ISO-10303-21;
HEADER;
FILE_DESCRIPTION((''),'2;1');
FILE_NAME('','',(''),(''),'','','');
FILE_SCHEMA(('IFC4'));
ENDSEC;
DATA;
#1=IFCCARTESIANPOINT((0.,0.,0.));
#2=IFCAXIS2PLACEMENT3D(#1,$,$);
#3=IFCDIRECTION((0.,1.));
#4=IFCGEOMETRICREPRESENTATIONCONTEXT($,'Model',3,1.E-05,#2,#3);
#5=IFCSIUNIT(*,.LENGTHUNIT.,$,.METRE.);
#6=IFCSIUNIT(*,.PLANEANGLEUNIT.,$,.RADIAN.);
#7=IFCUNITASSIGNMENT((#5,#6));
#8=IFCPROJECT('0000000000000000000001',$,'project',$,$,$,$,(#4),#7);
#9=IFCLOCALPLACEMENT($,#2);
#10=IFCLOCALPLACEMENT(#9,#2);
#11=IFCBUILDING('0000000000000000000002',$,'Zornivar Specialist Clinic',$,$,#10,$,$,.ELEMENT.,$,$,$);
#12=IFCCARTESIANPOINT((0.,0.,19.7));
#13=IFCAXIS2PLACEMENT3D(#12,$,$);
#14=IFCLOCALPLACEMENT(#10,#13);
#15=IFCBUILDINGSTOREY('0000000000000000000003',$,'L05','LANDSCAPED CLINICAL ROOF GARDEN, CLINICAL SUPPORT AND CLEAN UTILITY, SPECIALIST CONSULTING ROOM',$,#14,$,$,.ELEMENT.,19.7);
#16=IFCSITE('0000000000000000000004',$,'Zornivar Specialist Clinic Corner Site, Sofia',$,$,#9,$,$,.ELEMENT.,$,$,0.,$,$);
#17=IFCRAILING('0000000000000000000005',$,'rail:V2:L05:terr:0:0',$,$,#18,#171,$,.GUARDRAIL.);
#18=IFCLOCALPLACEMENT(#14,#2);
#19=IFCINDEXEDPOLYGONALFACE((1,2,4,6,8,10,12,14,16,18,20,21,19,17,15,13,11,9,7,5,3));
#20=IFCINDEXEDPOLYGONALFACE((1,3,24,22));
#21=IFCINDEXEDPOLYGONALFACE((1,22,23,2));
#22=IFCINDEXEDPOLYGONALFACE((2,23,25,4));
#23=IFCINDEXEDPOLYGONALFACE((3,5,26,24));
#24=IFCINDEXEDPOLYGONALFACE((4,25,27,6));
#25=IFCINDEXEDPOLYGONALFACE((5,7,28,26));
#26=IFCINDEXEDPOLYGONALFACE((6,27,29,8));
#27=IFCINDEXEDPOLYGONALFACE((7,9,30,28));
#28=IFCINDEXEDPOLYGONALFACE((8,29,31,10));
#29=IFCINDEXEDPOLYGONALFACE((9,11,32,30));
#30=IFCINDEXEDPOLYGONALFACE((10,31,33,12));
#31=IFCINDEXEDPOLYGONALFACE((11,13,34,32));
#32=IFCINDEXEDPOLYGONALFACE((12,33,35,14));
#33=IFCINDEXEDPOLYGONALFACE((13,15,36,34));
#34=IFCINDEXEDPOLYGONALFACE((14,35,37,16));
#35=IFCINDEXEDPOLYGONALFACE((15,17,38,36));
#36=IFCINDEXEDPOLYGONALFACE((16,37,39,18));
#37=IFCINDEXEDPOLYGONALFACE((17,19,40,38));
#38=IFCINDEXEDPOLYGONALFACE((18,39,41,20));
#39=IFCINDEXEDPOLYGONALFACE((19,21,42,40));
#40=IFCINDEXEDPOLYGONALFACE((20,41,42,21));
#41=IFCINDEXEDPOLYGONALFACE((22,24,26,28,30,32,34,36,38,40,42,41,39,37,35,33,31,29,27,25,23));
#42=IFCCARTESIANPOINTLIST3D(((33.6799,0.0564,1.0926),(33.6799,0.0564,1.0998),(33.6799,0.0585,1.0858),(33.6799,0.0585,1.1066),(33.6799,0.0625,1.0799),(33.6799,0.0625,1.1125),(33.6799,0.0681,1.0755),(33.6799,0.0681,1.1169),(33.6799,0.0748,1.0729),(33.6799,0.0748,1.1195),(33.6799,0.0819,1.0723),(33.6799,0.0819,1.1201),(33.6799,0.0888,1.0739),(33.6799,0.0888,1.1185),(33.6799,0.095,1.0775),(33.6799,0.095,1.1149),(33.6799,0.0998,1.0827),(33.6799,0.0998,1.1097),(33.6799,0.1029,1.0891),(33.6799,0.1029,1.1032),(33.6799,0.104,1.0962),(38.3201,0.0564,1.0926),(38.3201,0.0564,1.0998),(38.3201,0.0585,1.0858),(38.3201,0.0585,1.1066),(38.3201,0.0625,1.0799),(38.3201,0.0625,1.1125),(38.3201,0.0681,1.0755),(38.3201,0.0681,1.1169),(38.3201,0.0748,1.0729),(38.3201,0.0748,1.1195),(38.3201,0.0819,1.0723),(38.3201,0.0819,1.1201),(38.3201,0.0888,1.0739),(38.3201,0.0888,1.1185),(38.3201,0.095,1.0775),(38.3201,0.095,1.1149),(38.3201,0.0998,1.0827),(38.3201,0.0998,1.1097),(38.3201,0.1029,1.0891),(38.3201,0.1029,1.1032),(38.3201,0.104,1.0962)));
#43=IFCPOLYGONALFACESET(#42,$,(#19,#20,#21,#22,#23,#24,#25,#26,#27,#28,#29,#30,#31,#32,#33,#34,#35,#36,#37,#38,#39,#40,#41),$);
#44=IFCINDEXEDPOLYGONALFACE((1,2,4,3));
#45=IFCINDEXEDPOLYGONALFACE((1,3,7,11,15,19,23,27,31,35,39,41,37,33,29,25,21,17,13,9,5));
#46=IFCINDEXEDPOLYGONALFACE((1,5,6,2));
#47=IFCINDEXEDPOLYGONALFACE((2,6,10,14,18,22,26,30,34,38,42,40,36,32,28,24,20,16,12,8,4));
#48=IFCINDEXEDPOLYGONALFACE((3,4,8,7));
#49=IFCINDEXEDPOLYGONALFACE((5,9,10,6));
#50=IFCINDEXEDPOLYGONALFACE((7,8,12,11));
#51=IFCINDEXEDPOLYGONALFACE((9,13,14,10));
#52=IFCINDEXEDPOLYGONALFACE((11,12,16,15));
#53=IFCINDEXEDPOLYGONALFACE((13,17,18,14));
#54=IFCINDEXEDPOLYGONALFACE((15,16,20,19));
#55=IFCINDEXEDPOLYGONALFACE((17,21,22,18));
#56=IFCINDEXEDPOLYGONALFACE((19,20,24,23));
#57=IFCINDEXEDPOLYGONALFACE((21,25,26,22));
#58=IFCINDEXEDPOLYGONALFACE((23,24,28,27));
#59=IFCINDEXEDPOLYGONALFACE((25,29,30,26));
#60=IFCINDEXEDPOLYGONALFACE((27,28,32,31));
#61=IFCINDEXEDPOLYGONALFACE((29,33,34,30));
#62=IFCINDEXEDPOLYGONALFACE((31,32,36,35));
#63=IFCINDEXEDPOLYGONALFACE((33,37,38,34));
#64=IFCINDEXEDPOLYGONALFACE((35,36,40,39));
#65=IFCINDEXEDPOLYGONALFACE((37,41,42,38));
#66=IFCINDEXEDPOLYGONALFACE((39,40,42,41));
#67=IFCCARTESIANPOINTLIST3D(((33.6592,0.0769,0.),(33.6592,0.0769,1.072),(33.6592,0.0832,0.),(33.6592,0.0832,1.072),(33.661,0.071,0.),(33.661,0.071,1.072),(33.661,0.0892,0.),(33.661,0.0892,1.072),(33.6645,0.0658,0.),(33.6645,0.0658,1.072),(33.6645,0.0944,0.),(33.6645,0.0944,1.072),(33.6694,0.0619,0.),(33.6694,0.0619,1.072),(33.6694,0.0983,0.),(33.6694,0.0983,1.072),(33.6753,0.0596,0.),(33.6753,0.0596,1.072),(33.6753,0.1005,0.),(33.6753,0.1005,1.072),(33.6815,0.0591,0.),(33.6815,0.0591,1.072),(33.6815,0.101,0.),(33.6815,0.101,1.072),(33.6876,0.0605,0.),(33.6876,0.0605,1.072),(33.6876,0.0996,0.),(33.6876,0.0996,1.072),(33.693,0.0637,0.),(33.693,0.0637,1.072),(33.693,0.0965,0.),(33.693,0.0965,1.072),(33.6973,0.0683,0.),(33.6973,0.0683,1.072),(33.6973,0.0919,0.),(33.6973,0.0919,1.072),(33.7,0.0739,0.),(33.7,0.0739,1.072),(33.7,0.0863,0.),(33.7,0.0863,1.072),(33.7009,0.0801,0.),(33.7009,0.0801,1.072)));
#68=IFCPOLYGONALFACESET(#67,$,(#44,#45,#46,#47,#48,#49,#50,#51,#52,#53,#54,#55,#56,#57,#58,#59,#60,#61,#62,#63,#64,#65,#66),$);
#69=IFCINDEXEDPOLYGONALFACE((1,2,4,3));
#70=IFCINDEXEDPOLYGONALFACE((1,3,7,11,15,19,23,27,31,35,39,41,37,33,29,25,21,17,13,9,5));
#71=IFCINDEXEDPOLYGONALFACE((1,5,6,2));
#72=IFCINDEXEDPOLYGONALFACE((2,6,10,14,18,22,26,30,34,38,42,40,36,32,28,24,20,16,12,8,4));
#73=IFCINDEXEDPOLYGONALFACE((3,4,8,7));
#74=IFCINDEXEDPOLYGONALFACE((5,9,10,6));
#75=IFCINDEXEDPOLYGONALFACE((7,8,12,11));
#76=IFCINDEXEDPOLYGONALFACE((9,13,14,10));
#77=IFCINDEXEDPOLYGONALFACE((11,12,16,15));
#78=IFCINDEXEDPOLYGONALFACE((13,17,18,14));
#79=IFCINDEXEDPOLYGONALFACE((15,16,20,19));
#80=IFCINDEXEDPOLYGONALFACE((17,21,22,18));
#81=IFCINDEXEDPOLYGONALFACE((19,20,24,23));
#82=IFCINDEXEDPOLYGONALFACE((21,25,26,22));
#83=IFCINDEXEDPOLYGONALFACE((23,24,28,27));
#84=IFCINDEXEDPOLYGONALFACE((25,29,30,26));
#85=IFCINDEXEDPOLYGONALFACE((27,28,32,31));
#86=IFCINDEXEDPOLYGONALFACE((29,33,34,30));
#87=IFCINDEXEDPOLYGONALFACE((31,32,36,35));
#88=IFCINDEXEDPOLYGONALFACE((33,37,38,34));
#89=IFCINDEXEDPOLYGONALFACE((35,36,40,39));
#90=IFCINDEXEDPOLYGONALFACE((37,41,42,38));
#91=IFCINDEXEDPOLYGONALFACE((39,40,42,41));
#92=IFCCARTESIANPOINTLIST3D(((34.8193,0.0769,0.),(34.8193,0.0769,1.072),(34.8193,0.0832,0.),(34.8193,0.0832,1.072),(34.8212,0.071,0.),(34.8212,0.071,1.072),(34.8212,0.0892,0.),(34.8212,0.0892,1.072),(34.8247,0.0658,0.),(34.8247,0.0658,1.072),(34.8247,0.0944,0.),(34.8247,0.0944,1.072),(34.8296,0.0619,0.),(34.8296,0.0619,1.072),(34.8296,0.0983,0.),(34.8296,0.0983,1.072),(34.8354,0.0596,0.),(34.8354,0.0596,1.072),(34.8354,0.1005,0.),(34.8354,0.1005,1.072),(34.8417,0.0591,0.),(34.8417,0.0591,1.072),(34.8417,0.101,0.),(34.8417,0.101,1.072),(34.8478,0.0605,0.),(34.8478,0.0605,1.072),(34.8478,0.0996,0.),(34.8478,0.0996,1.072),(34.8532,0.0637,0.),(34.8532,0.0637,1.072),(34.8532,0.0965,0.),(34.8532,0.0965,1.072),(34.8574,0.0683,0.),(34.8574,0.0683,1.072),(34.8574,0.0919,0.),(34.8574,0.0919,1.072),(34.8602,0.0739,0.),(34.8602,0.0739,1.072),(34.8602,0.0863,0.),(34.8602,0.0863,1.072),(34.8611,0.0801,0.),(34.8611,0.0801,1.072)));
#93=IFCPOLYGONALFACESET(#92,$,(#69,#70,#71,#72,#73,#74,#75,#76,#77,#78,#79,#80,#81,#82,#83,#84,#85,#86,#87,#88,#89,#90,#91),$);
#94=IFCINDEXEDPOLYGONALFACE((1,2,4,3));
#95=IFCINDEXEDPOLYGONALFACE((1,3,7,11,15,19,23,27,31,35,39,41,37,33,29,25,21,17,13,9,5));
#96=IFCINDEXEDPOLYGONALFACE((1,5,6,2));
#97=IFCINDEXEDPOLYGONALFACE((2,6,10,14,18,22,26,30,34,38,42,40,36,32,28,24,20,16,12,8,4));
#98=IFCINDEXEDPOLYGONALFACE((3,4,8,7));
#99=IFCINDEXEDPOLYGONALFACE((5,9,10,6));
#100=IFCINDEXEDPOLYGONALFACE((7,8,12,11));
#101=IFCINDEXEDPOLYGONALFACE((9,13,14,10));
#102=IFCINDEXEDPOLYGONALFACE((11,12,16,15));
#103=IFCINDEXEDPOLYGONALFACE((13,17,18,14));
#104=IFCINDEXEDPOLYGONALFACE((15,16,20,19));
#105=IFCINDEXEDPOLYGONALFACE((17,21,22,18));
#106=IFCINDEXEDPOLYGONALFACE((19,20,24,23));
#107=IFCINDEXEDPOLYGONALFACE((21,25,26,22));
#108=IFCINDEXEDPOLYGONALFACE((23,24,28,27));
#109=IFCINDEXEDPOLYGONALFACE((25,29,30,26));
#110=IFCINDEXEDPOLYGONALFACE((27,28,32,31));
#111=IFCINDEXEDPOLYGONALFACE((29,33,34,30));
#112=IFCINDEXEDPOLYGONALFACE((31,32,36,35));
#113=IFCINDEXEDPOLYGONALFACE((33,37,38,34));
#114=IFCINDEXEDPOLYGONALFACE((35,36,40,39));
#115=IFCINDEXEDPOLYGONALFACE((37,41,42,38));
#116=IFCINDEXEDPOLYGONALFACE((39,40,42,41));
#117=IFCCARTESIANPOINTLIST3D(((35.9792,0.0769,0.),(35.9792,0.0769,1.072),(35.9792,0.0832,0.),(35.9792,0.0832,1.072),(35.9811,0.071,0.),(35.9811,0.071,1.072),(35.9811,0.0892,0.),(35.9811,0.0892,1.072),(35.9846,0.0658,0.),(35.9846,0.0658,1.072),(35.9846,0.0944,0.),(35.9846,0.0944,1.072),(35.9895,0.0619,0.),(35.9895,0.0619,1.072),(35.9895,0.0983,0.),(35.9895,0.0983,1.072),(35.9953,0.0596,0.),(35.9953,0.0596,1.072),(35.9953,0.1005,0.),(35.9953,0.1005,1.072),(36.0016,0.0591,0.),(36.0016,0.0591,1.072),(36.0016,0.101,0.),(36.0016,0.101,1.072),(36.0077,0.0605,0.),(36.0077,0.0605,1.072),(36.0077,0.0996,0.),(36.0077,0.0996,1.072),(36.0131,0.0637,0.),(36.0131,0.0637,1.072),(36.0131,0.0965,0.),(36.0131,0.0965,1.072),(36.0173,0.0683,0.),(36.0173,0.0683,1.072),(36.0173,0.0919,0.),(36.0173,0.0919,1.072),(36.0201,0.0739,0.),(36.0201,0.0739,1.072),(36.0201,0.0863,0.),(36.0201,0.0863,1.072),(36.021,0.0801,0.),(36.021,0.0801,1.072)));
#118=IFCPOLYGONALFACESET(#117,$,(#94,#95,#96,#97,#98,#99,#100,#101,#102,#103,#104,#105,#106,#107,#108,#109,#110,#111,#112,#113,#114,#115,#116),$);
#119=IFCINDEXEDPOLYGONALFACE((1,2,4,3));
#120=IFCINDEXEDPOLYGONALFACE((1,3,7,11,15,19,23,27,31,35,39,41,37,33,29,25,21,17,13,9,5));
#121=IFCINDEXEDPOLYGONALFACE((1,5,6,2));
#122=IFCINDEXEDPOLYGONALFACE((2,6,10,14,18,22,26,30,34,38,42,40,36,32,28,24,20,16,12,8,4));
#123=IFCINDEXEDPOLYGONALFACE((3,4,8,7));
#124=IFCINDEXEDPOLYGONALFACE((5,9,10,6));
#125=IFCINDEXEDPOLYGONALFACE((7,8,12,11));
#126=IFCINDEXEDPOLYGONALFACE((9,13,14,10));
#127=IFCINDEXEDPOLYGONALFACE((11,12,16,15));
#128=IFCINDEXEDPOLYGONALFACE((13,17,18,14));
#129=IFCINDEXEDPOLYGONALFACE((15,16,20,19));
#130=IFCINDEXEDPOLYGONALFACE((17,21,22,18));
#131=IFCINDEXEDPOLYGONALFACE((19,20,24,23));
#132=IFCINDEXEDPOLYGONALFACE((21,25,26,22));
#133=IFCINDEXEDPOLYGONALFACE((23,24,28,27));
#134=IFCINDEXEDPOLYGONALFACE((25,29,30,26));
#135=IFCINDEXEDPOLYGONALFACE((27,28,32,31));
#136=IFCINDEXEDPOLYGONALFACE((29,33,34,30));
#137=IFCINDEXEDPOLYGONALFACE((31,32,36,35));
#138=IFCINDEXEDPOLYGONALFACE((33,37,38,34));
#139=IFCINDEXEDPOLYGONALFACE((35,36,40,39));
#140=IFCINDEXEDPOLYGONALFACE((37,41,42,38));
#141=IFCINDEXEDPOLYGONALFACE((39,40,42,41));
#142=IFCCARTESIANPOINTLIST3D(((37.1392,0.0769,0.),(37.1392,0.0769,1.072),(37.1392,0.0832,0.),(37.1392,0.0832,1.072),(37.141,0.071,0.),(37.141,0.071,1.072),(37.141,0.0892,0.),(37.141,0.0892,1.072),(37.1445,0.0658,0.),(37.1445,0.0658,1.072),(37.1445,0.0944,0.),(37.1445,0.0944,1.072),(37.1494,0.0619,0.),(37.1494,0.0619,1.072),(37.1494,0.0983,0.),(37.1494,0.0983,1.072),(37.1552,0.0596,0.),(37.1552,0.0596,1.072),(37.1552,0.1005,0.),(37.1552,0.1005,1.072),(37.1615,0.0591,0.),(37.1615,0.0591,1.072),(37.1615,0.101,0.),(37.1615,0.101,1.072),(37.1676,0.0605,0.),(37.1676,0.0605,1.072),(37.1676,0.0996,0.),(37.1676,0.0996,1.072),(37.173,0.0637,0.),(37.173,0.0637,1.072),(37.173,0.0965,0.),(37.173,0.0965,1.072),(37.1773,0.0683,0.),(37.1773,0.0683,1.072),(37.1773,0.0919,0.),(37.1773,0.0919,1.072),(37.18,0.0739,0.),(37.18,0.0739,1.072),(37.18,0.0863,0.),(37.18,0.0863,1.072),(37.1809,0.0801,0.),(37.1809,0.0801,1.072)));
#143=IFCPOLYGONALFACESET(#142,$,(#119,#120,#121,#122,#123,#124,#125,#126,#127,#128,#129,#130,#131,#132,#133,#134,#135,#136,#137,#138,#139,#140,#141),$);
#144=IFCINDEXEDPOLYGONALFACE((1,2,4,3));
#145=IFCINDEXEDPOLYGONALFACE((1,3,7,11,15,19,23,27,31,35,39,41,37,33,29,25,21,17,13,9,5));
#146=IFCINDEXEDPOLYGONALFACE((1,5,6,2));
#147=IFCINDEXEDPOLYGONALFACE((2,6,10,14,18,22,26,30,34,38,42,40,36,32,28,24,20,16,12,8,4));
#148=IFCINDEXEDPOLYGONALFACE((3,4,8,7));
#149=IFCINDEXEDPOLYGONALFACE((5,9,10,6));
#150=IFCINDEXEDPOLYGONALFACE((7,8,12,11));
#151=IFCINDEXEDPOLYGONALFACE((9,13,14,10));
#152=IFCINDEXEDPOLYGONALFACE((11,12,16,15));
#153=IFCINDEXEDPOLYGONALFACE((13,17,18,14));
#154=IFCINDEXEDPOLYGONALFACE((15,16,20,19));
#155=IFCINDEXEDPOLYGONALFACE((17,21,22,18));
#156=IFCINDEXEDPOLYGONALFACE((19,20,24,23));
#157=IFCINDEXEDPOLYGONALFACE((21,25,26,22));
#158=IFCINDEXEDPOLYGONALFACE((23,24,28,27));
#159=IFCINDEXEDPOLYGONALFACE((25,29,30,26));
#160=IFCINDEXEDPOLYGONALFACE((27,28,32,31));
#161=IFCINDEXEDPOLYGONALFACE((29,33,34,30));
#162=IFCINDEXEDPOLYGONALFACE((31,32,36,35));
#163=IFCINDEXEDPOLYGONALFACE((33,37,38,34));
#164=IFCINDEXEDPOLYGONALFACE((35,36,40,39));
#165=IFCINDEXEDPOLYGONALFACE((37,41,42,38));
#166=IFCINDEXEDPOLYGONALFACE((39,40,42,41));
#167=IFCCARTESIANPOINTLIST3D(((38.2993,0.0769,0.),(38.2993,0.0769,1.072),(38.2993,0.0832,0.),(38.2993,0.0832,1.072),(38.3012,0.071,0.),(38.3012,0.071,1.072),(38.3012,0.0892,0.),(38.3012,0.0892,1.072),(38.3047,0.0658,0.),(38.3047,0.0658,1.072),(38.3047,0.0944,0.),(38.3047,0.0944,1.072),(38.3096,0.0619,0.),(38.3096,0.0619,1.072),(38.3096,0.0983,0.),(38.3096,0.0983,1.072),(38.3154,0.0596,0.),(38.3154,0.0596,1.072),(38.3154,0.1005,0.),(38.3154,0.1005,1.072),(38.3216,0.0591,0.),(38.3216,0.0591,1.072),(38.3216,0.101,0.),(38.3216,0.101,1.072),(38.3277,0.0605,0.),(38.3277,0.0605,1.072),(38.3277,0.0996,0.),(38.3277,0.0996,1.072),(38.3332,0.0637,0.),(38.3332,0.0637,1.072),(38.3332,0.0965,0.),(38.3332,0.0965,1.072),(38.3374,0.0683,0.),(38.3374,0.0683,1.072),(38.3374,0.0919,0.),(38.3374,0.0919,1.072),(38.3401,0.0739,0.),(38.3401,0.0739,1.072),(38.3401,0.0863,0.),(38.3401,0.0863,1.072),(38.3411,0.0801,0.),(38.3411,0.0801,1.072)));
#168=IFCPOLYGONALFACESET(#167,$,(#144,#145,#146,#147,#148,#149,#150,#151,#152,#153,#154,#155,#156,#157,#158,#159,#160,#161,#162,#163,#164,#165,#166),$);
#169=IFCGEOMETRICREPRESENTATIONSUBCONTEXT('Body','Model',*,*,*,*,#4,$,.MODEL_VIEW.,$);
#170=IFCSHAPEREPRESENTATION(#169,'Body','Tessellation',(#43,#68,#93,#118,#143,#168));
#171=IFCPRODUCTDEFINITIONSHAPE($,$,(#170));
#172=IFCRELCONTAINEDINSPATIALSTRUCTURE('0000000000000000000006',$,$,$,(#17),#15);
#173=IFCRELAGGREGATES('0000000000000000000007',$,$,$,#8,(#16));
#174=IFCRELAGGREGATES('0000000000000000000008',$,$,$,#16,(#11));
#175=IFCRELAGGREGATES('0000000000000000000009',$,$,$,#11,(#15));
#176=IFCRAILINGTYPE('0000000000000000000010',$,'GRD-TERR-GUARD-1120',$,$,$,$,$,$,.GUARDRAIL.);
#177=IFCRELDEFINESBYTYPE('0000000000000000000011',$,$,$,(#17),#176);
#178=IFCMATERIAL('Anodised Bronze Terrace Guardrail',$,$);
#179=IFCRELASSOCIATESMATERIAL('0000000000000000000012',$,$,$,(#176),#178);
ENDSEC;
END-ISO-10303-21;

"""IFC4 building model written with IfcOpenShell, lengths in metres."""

from ifc_helpers import new_model, si_unit, direction, frame, origin, origin_2d, place, context, subcontext, project, spatial, circle, extrude, material, type_object, element, save


model = new_model("IFC4")

# Units and contexts
model_context = context("Model", 3, precision=1e-05, world=origin(), true_north=direction((0.0, 1.0)))
body_context = subcontext(model_context, "Body", "Model", "MODEL_VIEW")
ifc_project = project(units=[si_unit("LENGTHUNIT", "METRE"), si_unit("PLANEANGLEUNIT", "RADIAN")], contexts=[model_context])

# Site, building, storey
site_placement = place(None, origin())
site = spatial("IfcSite", under=ifc_project, at=site_placement, Name="Zornivar Specialist Clinic Corner Site, Sofia", CompositionType="ELEMENT", RefElevation=0.0)
building_placement = place(site_placement, origin())
building = spatial("IfcBuilding", under=site, at=building_placement, Name="Zornivar Specialist Clinic", CompositionType="ELEMENT")
storey_placement = place(building_placement, frame((0.0, 0.0, 19.7)))
storey = spatial("IfcBuildingStorey", under=building, at=storey_placement, Name="L05", Description="LANDSCAPED CLINICAL ROOF GARDEN, CLINICAL SUPPORT AND CLEAN UTILITY, SPECIALIST CONSULTING ROOM", CompositionType="ELEMENT", Elevation=19.7)

# Railing
ifc_material_1 = material(Name="Anodised Bronze Terrace Guardrail")
railing_type = type_object("IfcRailingType", Name="GRD-TERR-GUARD-1120", PredefinedType="GUARDRAIL", material=ifc_material_1)
railing_1_placement = place(storey_placement, frame((33.6799, 0.0801, 0.0)))
element("IfcRailing", 1, at=railing_1_placement, inside=storey, type_object=railing_type, Name="rail:V2:L05:terr:0:0", PredefinedType="GUARDRAIL", context=body_context, shape_type="SweptSolid", body=[
    extrude(circle(Radius=0.0239, at=origin_2d()), frame((0.0, 0.0, 1.0962), z_axis=(1.0, 0.0, 0.0), x_axis=(0.0, 1.0, 0.0)), (0.0, 0.0, 1.0), 4.6401),
    extrude(circle(Radius=0.021, at=origin_2d()), origin(), (0.0, 0.0, 1.0), 1.072),
    extrude(circle(Radius=0.021, at=origin_2d()), frame((1.1602, 0.0, 0.0)), (0.0, 0.0, 1.0), 1.072),
    extrude(circle(Radius=0.021, at=origin_2d()), frame((2.3201, 0.0, 0.0)), (0.0, 0.0, 1.0), 1.072),
    extrude(circle(Radius=0.021, at=origin_2d()), frame((3.48, 0.0, 0.0)), (0.0, 0.0, 1.0), 1.072),
    extrude(circle(Radius=0.021, at=origin_2d()), frame((4.6401, 0.0, 0.0)), (0.0, 0.0, 1.0), 1.072),
])

save(model, "model.ifc")
